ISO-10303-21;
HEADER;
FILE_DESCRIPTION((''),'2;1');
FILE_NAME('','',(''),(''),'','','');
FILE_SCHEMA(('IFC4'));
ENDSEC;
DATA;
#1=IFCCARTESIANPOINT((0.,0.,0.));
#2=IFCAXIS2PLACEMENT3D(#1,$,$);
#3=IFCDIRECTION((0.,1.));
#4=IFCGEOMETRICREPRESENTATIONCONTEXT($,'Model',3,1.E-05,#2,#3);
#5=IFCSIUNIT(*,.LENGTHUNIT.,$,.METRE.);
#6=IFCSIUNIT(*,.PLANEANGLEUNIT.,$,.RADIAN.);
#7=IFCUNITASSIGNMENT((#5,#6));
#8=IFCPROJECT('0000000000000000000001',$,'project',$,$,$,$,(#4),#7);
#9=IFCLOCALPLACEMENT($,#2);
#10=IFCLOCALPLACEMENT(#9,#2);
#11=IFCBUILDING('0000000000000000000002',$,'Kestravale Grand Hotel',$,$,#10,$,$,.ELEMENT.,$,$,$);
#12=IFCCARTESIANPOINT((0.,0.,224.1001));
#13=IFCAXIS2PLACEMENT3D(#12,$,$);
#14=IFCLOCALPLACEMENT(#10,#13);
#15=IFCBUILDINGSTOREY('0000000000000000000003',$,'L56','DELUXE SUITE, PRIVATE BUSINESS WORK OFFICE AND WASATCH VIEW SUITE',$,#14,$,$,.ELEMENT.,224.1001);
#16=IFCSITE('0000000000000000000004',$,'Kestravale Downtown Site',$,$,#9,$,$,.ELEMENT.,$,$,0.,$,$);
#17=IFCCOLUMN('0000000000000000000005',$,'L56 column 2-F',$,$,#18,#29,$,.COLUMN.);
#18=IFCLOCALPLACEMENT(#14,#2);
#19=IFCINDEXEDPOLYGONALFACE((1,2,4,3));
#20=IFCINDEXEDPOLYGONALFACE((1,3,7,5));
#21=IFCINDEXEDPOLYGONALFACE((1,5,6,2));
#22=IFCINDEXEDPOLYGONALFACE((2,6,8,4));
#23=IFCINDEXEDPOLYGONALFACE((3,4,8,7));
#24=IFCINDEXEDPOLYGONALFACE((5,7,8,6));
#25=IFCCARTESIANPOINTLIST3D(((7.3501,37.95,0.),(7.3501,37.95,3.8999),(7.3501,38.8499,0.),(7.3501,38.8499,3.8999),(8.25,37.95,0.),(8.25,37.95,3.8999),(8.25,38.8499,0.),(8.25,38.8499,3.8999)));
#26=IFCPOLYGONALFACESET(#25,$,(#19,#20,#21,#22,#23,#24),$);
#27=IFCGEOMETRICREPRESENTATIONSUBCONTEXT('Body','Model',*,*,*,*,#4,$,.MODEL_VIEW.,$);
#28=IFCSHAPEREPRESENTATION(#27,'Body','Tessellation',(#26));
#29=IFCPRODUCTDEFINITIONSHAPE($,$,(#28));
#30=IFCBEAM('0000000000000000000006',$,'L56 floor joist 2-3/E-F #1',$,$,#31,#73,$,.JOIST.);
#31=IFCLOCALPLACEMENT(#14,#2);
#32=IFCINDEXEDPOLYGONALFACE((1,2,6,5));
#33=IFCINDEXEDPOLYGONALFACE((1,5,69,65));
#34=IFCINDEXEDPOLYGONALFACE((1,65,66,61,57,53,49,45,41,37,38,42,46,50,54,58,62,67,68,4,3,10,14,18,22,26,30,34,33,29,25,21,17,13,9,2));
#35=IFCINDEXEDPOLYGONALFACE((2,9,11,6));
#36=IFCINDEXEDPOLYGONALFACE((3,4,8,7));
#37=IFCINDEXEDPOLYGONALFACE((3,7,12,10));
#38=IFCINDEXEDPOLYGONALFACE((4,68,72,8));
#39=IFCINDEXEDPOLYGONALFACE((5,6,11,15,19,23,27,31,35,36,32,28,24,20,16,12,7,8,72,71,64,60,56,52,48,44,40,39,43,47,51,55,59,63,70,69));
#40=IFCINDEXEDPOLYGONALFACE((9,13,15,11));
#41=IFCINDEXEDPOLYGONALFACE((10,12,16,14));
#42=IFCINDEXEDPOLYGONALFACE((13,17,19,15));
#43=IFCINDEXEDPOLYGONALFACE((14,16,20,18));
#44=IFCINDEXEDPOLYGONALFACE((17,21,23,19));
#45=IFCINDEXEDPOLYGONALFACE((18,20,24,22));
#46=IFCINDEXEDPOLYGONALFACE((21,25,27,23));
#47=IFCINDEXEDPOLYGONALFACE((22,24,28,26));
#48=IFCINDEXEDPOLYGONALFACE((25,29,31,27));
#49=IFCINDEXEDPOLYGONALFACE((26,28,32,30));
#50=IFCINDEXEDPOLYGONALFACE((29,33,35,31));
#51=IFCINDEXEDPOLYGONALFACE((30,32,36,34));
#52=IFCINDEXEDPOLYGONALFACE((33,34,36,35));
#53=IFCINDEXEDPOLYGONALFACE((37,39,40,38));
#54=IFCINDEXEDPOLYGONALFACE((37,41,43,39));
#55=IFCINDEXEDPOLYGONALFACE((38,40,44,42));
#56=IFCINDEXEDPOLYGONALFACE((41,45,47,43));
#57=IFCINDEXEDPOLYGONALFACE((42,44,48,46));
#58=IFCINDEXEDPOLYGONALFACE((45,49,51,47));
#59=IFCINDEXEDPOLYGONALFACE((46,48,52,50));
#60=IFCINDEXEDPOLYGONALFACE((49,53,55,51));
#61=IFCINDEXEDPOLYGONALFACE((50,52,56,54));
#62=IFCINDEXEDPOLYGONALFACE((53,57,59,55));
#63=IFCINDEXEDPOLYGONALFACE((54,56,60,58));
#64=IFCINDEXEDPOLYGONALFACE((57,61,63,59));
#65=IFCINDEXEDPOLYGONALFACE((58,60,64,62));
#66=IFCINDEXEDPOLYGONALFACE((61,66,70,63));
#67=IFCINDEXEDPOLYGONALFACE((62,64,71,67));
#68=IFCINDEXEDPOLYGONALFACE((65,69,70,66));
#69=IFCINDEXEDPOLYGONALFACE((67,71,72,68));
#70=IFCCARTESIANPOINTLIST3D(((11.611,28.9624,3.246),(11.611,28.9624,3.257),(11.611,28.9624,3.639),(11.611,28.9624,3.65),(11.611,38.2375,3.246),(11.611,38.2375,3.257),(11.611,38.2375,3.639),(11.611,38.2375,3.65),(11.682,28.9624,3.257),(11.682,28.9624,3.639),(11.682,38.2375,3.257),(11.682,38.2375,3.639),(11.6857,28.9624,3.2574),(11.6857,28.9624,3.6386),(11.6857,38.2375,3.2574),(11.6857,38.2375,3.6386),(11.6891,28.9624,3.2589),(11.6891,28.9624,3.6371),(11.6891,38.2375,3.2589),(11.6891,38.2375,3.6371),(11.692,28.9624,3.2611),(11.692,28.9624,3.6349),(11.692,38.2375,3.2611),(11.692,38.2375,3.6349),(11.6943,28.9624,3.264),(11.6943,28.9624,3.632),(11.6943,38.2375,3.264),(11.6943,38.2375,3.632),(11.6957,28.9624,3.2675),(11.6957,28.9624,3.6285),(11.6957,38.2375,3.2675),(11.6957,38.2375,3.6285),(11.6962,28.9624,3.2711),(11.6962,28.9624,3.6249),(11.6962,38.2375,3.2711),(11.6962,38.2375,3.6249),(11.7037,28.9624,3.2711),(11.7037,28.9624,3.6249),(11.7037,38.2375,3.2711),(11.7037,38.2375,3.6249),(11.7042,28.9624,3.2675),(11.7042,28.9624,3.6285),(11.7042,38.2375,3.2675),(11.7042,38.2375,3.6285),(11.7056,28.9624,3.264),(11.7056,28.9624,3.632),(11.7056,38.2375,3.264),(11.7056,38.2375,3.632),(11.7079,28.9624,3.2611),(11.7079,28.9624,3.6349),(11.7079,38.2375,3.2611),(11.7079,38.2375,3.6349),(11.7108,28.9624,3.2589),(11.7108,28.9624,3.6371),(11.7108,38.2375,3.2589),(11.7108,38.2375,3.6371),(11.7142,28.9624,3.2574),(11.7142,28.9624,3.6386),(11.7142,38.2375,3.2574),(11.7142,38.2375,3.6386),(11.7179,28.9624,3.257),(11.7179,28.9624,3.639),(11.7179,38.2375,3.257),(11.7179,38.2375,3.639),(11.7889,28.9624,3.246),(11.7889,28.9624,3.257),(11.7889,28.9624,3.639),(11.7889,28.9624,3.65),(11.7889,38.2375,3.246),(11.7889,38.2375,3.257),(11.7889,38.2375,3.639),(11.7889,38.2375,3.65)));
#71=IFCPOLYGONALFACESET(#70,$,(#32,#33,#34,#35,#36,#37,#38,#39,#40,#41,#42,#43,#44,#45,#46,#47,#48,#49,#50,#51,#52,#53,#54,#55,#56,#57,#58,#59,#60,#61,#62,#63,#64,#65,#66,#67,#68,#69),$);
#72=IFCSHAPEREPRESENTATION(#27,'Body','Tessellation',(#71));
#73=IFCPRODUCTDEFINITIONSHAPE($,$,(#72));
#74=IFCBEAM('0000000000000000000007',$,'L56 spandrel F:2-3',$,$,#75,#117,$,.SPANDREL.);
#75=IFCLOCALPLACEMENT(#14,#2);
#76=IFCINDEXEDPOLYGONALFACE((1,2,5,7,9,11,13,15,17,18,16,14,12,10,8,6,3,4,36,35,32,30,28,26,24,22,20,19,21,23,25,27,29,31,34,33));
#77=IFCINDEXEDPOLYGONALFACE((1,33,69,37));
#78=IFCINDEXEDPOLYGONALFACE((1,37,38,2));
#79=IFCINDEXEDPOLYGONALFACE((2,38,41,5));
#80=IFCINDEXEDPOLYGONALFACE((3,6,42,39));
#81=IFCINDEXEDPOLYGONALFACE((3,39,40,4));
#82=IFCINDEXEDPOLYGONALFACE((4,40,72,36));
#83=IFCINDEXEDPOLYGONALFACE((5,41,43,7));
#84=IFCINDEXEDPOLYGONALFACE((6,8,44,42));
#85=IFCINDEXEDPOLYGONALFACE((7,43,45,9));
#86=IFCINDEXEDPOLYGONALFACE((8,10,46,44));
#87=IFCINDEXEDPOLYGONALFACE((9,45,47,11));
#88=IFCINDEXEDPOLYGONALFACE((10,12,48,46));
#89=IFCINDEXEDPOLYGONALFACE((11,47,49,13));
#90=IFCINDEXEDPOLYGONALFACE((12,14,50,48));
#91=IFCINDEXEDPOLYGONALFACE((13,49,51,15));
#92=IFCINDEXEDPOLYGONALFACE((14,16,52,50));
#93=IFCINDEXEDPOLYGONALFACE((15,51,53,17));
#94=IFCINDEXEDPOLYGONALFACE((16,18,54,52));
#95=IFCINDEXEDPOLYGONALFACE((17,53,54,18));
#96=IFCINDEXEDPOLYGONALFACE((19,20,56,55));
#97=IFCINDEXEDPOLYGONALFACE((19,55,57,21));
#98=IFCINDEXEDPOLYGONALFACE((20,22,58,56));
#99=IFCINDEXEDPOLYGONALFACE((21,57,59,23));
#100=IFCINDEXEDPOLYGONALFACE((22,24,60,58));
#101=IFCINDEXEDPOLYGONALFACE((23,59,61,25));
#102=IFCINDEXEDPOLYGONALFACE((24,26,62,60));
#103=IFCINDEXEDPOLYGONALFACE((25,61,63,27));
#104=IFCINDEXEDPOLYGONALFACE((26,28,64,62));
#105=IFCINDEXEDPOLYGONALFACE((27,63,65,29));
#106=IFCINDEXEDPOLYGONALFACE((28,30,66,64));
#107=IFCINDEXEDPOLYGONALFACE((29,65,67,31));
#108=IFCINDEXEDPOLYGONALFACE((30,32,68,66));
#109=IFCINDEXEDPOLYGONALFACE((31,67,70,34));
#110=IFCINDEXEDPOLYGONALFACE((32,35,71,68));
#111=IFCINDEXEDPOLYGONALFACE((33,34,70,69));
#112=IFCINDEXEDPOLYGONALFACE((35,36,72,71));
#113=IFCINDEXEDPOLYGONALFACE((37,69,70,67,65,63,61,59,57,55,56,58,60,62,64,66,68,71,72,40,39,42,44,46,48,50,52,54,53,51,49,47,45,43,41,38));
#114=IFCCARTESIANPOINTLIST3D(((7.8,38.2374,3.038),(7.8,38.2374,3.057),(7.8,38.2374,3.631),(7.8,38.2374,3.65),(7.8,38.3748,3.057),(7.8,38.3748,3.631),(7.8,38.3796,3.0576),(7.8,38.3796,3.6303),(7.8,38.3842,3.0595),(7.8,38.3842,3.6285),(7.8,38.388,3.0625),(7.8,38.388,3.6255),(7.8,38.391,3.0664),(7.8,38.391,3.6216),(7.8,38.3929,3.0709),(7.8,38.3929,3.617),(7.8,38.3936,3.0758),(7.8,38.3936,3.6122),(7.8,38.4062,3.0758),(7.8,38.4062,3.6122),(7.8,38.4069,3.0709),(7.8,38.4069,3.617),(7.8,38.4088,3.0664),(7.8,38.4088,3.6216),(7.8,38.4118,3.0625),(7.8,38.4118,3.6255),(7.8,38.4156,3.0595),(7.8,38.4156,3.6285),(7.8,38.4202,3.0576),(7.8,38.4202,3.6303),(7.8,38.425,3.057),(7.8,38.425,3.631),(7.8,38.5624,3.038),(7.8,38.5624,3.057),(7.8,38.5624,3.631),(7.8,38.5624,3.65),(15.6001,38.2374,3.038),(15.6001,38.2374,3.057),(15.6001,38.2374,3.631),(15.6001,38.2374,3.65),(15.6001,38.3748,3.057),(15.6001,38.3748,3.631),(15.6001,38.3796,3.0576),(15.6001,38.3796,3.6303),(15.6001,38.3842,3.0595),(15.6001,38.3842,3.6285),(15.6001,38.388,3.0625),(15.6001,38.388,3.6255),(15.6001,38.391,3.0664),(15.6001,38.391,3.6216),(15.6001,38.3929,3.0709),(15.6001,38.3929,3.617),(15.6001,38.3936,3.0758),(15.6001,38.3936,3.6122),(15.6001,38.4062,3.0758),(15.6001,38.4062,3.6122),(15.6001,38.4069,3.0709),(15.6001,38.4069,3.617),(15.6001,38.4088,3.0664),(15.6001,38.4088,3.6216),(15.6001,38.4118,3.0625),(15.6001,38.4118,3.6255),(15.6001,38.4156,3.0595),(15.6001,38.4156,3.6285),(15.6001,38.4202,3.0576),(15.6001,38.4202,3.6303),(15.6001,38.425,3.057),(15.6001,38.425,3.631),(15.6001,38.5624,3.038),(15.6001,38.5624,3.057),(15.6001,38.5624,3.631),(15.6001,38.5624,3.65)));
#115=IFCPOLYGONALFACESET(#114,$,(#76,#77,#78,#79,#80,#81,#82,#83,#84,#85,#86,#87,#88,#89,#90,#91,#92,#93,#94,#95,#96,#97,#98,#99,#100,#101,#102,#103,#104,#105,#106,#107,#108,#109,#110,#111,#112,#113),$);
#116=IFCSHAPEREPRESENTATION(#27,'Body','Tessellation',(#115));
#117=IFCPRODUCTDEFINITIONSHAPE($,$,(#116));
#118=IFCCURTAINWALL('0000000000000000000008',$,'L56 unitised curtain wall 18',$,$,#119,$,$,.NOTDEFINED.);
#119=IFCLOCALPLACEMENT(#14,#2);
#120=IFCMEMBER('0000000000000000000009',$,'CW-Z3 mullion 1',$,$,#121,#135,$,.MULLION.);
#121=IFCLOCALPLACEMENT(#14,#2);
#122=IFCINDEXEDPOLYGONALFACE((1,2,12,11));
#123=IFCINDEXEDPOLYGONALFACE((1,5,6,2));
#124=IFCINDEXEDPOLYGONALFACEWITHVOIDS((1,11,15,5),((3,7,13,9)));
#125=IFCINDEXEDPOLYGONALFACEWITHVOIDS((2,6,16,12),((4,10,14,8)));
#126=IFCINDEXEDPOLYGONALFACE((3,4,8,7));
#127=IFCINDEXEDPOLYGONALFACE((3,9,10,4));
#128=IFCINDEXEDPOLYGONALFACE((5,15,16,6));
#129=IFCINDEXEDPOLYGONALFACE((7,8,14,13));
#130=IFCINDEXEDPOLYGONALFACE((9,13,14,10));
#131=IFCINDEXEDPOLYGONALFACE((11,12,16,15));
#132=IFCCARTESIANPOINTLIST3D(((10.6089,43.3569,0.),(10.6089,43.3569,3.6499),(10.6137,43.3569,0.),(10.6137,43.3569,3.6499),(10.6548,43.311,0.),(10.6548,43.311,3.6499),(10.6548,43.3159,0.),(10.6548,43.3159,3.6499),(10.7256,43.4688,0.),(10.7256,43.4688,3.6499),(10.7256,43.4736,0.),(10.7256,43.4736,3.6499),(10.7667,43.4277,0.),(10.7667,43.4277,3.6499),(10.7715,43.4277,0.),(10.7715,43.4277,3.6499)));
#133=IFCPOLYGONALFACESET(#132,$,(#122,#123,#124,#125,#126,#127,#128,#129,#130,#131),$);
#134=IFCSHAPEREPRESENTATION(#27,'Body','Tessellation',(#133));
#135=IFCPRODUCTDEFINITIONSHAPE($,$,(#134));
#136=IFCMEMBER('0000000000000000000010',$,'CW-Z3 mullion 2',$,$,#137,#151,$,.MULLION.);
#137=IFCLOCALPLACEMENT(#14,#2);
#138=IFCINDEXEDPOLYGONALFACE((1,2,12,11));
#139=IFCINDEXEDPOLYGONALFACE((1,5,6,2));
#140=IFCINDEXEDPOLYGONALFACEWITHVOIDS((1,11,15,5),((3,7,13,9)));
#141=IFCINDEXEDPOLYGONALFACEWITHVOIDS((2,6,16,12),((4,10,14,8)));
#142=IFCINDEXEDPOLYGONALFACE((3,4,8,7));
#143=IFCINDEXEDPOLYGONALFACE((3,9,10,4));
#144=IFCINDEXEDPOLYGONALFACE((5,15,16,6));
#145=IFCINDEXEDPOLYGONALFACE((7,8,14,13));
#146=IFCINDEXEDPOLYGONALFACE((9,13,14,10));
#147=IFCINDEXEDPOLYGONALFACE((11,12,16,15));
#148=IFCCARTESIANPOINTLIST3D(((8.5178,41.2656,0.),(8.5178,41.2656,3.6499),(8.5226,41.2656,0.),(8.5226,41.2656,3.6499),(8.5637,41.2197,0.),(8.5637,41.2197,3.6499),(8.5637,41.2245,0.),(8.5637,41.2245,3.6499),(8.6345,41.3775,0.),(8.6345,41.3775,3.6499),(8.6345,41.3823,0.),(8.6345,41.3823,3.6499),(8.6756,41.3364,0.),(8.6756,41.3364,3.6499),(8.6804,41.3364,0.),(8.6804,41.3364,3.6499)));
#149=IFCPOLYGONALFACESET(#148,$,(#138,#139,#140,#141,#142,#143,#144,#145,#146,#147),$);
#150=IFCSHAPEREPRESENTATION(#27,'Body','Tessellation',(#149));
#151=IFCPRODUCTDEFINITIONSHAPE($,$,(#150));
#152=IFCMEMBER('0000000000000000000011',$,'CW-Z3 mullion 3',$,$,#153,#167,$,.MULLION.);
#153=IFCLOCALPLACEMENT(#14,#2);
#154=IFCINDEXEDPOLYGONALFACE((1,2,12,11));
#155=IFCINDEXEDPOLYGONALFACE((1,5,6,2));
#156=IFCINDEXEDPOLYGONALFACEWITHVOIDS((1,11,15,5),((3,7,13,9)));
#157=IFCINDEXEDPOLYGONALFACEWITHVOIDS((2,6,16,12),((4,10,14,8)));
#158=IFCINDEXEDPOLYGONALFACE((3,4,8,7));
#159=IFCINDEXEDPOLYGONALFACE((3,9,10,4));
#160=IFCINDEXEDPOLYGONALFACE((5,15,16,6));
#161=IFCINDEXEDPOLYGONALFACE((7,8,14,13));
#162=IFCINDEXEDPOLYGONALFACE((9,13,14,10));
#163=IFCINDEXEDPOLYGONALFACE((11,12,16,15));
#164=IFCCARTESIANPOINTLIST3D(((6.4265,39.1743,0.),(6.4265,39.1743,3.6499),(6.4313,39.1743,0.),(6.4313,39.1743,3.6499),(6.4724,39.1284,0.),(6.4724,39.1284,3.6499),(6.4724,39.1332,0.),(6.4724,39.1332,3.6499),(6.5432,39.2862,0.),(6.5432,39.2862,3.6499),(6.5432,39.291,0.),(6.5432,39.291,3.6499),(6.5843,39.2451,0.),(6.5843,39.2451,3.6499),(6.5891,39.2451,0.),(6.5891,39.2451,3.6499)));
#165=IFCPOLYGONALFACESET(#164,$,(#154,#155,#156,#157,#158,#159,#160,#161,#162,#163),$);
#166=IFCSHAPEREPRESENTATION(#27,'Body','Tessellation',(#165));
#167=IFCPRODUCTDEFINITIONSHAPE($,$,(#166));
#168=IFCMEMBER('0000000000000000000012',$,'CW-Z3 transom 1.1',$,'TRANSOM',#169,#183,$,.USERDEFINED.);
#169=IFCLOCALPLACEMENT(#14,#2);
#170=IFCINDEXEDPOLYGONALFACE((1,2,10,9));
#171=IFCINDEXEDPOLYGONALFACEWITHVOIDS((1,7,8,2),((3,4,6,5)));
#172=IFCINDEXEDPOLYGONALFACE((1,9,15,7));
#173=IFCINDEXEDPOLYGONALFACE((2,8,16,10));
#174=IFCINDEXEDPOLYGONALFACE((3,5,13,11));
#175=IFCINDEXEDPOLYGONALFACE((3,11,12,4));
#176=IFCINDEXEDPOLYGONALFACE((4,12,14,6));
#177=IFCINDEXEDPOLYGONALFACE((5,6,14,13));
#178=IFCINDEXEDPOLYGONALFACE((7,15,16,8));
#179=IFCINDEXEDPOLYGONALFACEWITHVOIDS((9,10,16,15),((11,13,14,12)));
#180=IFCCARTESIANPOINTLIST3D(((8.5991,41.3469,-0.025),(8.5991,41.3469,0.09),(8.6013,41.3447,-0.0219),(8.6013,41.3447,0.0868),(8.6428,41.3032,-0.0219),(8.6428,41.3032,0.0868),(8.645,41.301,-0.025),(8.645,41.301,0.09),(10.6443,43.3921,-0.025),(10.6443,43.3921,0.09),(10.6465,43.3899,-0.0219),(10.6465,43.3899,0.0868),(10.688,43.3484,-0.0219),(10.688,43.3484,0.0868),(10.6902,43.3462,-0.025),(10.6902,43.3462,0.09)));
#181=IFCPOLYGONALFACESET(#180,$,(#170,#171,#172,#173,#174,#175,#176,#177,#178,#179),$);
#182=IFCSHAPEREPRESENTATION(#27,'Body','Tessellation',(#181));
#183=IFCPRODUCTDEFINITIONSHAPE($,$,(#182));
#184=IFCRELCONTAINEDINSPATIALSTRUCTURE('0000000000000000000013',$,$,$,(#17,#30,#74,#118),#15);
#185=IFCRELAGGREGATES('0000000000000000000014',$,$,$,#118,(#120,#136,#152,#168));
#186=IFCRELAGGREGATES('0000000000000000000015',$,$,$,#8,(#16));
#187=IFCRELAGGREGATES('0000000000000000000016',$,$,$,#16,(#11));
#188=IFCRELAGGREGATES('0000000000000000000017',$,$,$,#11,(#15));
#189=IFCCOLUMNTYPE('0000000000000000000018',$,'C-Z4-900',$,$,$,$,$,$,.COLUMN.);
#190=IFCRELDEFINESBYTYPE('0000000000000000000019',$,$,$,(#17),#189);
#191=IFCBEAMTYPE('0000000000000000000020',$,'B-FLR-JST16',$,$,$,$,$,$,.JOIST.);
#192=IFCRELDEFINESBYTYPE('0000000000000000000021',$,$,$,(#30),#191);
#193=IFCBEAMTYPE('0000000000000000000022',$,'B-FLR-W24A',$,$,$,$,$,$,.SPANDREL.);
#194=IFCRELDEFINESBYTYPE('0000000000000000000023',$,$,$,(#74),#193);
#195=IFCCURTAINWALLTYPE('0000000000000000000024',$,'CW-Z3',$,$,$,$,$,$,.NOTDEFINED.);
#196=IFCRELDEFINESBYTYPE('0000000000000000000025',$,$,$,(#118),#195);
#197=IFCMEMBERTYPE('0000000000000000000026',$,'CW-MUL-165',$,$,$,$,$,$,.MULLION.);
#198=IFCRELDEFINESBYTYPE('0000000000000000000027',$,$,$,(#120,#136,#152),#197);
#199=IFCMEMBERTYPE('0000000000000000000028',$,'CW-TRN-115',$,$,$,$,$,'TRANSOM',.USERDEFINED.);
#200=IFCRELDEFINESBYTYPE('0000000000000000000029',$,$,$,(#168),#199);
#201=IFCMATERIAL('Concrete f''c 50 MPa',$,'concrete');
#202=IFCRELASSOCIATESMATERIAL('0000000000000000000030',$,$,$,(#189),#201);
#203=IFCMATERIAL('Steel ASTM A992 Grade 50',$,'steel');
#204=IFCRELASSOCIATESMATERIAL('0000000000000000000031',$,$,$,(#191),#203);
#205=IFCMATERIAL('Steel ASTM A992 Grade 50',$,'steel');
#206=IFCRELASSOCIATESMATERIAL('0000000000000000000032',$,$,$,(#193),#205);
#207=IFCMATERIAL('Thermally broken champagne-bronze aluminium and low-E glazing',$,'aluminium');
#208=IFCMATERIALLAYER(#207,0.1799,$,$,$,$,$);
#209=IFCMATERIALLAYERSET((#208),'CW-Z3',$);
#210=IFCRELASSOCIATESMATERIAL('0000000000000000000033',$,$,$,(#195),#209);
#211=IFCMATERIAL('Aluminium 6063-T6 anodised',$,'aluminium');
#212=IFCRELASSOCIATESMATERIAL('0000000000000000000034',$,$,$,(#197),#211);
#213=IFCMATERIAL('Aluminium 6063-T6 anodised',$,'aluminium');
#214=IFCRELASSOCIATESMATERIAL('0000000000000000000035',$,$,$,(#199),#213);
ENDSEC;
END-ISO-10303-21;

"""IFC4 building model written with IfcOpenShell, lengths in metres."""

from ifc_helpers import new_model, si_unit, direction, frame, origin, origin_2d, place, context, subcontext, project, spatial, rectangle, hollow_rectangle, i_section, extrude, material, layer, layer_set, material_profile, profile_set, type_object, element, aggregate, save


model = new_model("IFC4")

# Units and contexts
model_context = context("Model", 3, precision=1e-05, world=origin(), true_north=direction((0.0, 1.0)))
body_context = subcontext(model_context, "Body", "Model", "MODEL_VIEW")
ifc_project = project(units=[si_unit("LENGTHUNIT", "METRE"), si_unit("PLANEANGLEUNIT", "RADIAN")], contexts=[model_context])

# Site, building, storey
site_placement = place(None, origin())
site = spatial("IfcSite", under=ifc_project, at=site_placement, Name="Kestravale Downtown Site", CompositionType="ELEMENT", RefElevation=0.0)
building_placement = place(site_placement, origin())
building = spatial("IfcBuilding", under=site, at=building_placement, Name="Kestravale Grand Hotel", CompositionType="ELEMENT")
storey_placement = place(building_placement, frame((0.0, 0.0, 224.1001)))
storey = spatial("IfcBuildingStorey", under=building, at=storey_placement, Name="L56", Description="DELUXE SUITE, PRIVATE BUSINESS WORK OFFICE AND WASATCH VIEW SUITE", CompositionType="ELEMENT", Elevation=224.1001)

# Column
ifc_material_1 = material(Name="Concrete f'c 50 MPa", Category="concrete")
ifc_material_profile_1 = material_profile(ifc_material_1, rectangle(XDim=0.8999, YDim=0.8999, at=origin_2d()))
ifc_profile_set_1 = profile_set([ifc_material_profile_1], Name="Concrete f'c 50 MPa")
column_type = type_object("IfcColumnType", Name="C-Z4-900", PredefinedType="COLUMN", material=ifc_profile_set_1)
column_placement = place(storey_placement, frame((7.8, 38.3999, 0.0), z_axis=(0.0, 0.0, 1.0), x_axis=(1.0, 0.0, 0.0)))
element("IfcColumn", 1, at=column_placement, inside=storey, type_object=column_type, Name="L56 column 2-F", PredefinedType="COLUMN", context=body_context, shape_type="SweptSolid", body=[
    extrude(rectangle(XDim=0.8999, YDim=0.8999, at=origin_2d()), origin(), (0.0, 0.0, 1.0), 3.8999),
])

# Beams
ifc_material_2 = material(Name="Steel ASTM A992 Grade 50", Category="steel")
ifc_material_profile_2 = material_profile(ifc_material_2, i_section(OverallWidth=0.178, OverallDepth=0.4041, WebThickness=0.0076, FlangeThickness=0.011, FilletRadius=0.0142, at=origin_2d()))
ifc_profile_set_2 = profile_set([ifc_material_profile_2], Name="Steel ASTM A992 Grade 50")
beam_type_1 = type_object("IfcBeamType", Name="B-FLR-JST16", PredefinedType="JOIST", material=ifc_profile_set_2)
beam_1_placement = place(storey_placement, frame((11.7, 28.9624, 3.448), z_axis=(0.0, 1.0, 0.0), x_axis=(-1.0, 0.0, 0.0)))
element("IfcBeam", 2, at=beam_1_placement, inside=storey, type_object=beam_type_1, Name="L56 floor joist 2-3/E-F #1", PredefinedType="JOIST", context=body_context, shape_type="SweptSolid", body=[
    extrude(i_section(OverallWidth=0.178, OverallDepth=0.4041, WebThickness=0.0076, FlangeThickness=0.011, FilletRadius=0.0142, at=origin_2d()), origin(), (0.0, 0.0, 1.0), 9.2751),
])
ifc_material_3 = material(Name="Steel ASTM A992 Grade 50", Category="steel")
ifc_material_profile_3 = material_profile(ifc_material_3, i_section(OverallWidth=0.325, OverallDepth=0.6121, WebThickness=0.0127, FlangeThickness=0.019, FilletRadius=0.0188, at=origin_2d()))
ifc_profile_set_3 = profile_set([ifc_material_profile_3], Name="Steel ASTM A992 Grade 50")
beam_type_2 = type_object("IfcBeamType", Name="B-FLR-W24A", PredefinedType="SPANDREL", material=ifc_profile_set_3)
beam_2_placement = place(storey_placement, frame((7.8, 38.3999, 3.344), z_axis=(1.0, 0.0, 0.0), x_axis=(0.0, 1.0, 0.0)))
element("IfcBeam", 3, at=beam_2_placement, inside=storey, type_object=beam_type_2, Name="L56 spandrel F:2-3", PredefinedType="SPANDREL", context=body_context, shape_type="SweptSolid", body=[
    extrude(i_section(OverallWidth=0.325, OverallDepth=0.6121, WebThickness=0.0127, FlangeThickness=0.019, FilletRadius=0.0188, at=origin_2d()), origin(), (0.0, 0.0, 1.0), 7.8),
])

# Curtain wall, members
ifc_material_4 = material(Name="Thermally broken champagne-bronze aluminium and low-E glazing", Category="aluminium")
ifc_layer_1 = layer(ifc_material_4, 0.1799)
ifc_layer_set_1 = layer_set([ifc_layer_1], Name="CW-Z3")
curtain_wall_type = type_object("IfcCurtainWallType", Name="CW-Z3", PredefinedType="NOTDEFINED", material=ifc_layer_set_1)
curtain_wall_placement = place(storey_placement, origin())
curtain_wall = element("IfcCurtainWall", 4, at=curtain_wall_placement, inside=storey, type_object=curtain_wall_type, Name="L56 unitised curtain wall 18", PredefinedType="NOTDEFINED")
ifc_material_5 = material(Name="Aluminium 6063-T6 anodised", Category="aluminium")
ifc_material_profile_4 = material_profile(ifc_material_5, hollow_rectangle(XDim=0.0649, YDim=0.165, WallThickness=0.0034, at=origin_2d()))
ifc_profile_set_4 = profile_set([ifc_material_profile_4], Name="Aluminium 6063-T6 anodised")
member_type_1 = type_object("IfcMemberType", Name="CW-MUL-165", PredefinedType="MULLION", material=ifc_profile_set_4)
member_1_placement = place(storey_placement, frame((10.6902, 43.3923, 0.0), z_axis=(0.0, 0.0, 1.0), x_axis=(0.707107, -0.707107, 0.0)))
member_1 = element("IfcMember", 5, at=member_1_placement, type_object=member_type_1, Name="CW-Z3 mullion 1", PredefinedType="MULLION", context=body_context, shape_type="SweptSolid", body=[
    extrude(hollow_rectangle(XDim=0.0649, YDim=0.165, WallThickness=0.0034, at=origin_2d()), origin(), (0.0, 0.0, 1.0), 3.6499),
])
member_2_placement = place(storey_placement, frame((8.5991, 41.301, 0.0), z_axis=(0.0, 0.0, 1.0), x_axis=(0.707107, -0.707107, 0.0)))
member_2 = element("IfcMember", 6, at=member_2_placement, type_object=member_type_1, Name="CW-Z3 mullion 2", PredefinedType="MULLION", context=body_context, shape_type="SweptSolid", body=[
    extrude(hollow_rectangle(XDim=0.0649, YDim=0.165, WallThickness=0.0034, at=origin_2d()), origin(), (0.0, 0.0, 1.0), 3.6499),
])
member_3_placement = place(storey_placement, frame((6.5078, 39.2097, 0.0), z_axis=(0.0, 0.0, 1.0), x_axis=(0.707107, -0.707107, 0.0)))
member_3 = element("IfcMember", 7, at=member_3_placement, type_object=member_type_1, Name="CW-Z3 mullion 3", PredefinedType="MULLION", context=body_context, shape_type="SweptSolid", body=[
    extrude(hollow_rectangle(XDim=0.0649, YDim=0.165, WallThickness=0.0034, at=origin_2d()), origin(), (0.0, 0.0, 1.0), 3.6499),
])
ifc_material_6 = material(Name="Aluminium 6063-T6 anodised", Category="aluminium")
ifc_material_profile_5 = material_profile(ifc_material_6, hollow_rectangle(XDim=0.0649, YDim=0.115, WallThickness=0.0032, at=origin_2d()))
ifc_profile_set_5 = profile_set([ifc_material_profile_5], Name="Aluminium 6063-T6 anodised")
member_type_2 = type_object("IfcMemberType", Name="CW-TRN-115", ElementType="TRANSOM", PredefinedType="USERDEFINED", material=ifc_profile_set_5)
member_4_placement = place(storey_placement, frame((10.6672, 43.3691, 0.0325), z_axis=(-0.707107, -0.707107, 0.0), x_axis=(0.707107, -0.707107, 0.0)))
member_4 = element("IfcMember", 8, at=member_4_placement, type_object=member_type_2, Name="CW-Z3 transom 1.1", ObjectType="TRANSOM", PredefinedType="USERDEFINED", context=body_context, shape_type="SweptSolid", body=[
    extrude(hollow_rectangle(XDim=0.0649, YDim=0.115, WallThickness=0.0032, at=origin_2d()), origin(), (0.0, 0.0, 1.0), 2.8923),
])
aggregate(curtain_wall, [member_1, member_2, member_3, member_4])

save(model, "model.ifc")
